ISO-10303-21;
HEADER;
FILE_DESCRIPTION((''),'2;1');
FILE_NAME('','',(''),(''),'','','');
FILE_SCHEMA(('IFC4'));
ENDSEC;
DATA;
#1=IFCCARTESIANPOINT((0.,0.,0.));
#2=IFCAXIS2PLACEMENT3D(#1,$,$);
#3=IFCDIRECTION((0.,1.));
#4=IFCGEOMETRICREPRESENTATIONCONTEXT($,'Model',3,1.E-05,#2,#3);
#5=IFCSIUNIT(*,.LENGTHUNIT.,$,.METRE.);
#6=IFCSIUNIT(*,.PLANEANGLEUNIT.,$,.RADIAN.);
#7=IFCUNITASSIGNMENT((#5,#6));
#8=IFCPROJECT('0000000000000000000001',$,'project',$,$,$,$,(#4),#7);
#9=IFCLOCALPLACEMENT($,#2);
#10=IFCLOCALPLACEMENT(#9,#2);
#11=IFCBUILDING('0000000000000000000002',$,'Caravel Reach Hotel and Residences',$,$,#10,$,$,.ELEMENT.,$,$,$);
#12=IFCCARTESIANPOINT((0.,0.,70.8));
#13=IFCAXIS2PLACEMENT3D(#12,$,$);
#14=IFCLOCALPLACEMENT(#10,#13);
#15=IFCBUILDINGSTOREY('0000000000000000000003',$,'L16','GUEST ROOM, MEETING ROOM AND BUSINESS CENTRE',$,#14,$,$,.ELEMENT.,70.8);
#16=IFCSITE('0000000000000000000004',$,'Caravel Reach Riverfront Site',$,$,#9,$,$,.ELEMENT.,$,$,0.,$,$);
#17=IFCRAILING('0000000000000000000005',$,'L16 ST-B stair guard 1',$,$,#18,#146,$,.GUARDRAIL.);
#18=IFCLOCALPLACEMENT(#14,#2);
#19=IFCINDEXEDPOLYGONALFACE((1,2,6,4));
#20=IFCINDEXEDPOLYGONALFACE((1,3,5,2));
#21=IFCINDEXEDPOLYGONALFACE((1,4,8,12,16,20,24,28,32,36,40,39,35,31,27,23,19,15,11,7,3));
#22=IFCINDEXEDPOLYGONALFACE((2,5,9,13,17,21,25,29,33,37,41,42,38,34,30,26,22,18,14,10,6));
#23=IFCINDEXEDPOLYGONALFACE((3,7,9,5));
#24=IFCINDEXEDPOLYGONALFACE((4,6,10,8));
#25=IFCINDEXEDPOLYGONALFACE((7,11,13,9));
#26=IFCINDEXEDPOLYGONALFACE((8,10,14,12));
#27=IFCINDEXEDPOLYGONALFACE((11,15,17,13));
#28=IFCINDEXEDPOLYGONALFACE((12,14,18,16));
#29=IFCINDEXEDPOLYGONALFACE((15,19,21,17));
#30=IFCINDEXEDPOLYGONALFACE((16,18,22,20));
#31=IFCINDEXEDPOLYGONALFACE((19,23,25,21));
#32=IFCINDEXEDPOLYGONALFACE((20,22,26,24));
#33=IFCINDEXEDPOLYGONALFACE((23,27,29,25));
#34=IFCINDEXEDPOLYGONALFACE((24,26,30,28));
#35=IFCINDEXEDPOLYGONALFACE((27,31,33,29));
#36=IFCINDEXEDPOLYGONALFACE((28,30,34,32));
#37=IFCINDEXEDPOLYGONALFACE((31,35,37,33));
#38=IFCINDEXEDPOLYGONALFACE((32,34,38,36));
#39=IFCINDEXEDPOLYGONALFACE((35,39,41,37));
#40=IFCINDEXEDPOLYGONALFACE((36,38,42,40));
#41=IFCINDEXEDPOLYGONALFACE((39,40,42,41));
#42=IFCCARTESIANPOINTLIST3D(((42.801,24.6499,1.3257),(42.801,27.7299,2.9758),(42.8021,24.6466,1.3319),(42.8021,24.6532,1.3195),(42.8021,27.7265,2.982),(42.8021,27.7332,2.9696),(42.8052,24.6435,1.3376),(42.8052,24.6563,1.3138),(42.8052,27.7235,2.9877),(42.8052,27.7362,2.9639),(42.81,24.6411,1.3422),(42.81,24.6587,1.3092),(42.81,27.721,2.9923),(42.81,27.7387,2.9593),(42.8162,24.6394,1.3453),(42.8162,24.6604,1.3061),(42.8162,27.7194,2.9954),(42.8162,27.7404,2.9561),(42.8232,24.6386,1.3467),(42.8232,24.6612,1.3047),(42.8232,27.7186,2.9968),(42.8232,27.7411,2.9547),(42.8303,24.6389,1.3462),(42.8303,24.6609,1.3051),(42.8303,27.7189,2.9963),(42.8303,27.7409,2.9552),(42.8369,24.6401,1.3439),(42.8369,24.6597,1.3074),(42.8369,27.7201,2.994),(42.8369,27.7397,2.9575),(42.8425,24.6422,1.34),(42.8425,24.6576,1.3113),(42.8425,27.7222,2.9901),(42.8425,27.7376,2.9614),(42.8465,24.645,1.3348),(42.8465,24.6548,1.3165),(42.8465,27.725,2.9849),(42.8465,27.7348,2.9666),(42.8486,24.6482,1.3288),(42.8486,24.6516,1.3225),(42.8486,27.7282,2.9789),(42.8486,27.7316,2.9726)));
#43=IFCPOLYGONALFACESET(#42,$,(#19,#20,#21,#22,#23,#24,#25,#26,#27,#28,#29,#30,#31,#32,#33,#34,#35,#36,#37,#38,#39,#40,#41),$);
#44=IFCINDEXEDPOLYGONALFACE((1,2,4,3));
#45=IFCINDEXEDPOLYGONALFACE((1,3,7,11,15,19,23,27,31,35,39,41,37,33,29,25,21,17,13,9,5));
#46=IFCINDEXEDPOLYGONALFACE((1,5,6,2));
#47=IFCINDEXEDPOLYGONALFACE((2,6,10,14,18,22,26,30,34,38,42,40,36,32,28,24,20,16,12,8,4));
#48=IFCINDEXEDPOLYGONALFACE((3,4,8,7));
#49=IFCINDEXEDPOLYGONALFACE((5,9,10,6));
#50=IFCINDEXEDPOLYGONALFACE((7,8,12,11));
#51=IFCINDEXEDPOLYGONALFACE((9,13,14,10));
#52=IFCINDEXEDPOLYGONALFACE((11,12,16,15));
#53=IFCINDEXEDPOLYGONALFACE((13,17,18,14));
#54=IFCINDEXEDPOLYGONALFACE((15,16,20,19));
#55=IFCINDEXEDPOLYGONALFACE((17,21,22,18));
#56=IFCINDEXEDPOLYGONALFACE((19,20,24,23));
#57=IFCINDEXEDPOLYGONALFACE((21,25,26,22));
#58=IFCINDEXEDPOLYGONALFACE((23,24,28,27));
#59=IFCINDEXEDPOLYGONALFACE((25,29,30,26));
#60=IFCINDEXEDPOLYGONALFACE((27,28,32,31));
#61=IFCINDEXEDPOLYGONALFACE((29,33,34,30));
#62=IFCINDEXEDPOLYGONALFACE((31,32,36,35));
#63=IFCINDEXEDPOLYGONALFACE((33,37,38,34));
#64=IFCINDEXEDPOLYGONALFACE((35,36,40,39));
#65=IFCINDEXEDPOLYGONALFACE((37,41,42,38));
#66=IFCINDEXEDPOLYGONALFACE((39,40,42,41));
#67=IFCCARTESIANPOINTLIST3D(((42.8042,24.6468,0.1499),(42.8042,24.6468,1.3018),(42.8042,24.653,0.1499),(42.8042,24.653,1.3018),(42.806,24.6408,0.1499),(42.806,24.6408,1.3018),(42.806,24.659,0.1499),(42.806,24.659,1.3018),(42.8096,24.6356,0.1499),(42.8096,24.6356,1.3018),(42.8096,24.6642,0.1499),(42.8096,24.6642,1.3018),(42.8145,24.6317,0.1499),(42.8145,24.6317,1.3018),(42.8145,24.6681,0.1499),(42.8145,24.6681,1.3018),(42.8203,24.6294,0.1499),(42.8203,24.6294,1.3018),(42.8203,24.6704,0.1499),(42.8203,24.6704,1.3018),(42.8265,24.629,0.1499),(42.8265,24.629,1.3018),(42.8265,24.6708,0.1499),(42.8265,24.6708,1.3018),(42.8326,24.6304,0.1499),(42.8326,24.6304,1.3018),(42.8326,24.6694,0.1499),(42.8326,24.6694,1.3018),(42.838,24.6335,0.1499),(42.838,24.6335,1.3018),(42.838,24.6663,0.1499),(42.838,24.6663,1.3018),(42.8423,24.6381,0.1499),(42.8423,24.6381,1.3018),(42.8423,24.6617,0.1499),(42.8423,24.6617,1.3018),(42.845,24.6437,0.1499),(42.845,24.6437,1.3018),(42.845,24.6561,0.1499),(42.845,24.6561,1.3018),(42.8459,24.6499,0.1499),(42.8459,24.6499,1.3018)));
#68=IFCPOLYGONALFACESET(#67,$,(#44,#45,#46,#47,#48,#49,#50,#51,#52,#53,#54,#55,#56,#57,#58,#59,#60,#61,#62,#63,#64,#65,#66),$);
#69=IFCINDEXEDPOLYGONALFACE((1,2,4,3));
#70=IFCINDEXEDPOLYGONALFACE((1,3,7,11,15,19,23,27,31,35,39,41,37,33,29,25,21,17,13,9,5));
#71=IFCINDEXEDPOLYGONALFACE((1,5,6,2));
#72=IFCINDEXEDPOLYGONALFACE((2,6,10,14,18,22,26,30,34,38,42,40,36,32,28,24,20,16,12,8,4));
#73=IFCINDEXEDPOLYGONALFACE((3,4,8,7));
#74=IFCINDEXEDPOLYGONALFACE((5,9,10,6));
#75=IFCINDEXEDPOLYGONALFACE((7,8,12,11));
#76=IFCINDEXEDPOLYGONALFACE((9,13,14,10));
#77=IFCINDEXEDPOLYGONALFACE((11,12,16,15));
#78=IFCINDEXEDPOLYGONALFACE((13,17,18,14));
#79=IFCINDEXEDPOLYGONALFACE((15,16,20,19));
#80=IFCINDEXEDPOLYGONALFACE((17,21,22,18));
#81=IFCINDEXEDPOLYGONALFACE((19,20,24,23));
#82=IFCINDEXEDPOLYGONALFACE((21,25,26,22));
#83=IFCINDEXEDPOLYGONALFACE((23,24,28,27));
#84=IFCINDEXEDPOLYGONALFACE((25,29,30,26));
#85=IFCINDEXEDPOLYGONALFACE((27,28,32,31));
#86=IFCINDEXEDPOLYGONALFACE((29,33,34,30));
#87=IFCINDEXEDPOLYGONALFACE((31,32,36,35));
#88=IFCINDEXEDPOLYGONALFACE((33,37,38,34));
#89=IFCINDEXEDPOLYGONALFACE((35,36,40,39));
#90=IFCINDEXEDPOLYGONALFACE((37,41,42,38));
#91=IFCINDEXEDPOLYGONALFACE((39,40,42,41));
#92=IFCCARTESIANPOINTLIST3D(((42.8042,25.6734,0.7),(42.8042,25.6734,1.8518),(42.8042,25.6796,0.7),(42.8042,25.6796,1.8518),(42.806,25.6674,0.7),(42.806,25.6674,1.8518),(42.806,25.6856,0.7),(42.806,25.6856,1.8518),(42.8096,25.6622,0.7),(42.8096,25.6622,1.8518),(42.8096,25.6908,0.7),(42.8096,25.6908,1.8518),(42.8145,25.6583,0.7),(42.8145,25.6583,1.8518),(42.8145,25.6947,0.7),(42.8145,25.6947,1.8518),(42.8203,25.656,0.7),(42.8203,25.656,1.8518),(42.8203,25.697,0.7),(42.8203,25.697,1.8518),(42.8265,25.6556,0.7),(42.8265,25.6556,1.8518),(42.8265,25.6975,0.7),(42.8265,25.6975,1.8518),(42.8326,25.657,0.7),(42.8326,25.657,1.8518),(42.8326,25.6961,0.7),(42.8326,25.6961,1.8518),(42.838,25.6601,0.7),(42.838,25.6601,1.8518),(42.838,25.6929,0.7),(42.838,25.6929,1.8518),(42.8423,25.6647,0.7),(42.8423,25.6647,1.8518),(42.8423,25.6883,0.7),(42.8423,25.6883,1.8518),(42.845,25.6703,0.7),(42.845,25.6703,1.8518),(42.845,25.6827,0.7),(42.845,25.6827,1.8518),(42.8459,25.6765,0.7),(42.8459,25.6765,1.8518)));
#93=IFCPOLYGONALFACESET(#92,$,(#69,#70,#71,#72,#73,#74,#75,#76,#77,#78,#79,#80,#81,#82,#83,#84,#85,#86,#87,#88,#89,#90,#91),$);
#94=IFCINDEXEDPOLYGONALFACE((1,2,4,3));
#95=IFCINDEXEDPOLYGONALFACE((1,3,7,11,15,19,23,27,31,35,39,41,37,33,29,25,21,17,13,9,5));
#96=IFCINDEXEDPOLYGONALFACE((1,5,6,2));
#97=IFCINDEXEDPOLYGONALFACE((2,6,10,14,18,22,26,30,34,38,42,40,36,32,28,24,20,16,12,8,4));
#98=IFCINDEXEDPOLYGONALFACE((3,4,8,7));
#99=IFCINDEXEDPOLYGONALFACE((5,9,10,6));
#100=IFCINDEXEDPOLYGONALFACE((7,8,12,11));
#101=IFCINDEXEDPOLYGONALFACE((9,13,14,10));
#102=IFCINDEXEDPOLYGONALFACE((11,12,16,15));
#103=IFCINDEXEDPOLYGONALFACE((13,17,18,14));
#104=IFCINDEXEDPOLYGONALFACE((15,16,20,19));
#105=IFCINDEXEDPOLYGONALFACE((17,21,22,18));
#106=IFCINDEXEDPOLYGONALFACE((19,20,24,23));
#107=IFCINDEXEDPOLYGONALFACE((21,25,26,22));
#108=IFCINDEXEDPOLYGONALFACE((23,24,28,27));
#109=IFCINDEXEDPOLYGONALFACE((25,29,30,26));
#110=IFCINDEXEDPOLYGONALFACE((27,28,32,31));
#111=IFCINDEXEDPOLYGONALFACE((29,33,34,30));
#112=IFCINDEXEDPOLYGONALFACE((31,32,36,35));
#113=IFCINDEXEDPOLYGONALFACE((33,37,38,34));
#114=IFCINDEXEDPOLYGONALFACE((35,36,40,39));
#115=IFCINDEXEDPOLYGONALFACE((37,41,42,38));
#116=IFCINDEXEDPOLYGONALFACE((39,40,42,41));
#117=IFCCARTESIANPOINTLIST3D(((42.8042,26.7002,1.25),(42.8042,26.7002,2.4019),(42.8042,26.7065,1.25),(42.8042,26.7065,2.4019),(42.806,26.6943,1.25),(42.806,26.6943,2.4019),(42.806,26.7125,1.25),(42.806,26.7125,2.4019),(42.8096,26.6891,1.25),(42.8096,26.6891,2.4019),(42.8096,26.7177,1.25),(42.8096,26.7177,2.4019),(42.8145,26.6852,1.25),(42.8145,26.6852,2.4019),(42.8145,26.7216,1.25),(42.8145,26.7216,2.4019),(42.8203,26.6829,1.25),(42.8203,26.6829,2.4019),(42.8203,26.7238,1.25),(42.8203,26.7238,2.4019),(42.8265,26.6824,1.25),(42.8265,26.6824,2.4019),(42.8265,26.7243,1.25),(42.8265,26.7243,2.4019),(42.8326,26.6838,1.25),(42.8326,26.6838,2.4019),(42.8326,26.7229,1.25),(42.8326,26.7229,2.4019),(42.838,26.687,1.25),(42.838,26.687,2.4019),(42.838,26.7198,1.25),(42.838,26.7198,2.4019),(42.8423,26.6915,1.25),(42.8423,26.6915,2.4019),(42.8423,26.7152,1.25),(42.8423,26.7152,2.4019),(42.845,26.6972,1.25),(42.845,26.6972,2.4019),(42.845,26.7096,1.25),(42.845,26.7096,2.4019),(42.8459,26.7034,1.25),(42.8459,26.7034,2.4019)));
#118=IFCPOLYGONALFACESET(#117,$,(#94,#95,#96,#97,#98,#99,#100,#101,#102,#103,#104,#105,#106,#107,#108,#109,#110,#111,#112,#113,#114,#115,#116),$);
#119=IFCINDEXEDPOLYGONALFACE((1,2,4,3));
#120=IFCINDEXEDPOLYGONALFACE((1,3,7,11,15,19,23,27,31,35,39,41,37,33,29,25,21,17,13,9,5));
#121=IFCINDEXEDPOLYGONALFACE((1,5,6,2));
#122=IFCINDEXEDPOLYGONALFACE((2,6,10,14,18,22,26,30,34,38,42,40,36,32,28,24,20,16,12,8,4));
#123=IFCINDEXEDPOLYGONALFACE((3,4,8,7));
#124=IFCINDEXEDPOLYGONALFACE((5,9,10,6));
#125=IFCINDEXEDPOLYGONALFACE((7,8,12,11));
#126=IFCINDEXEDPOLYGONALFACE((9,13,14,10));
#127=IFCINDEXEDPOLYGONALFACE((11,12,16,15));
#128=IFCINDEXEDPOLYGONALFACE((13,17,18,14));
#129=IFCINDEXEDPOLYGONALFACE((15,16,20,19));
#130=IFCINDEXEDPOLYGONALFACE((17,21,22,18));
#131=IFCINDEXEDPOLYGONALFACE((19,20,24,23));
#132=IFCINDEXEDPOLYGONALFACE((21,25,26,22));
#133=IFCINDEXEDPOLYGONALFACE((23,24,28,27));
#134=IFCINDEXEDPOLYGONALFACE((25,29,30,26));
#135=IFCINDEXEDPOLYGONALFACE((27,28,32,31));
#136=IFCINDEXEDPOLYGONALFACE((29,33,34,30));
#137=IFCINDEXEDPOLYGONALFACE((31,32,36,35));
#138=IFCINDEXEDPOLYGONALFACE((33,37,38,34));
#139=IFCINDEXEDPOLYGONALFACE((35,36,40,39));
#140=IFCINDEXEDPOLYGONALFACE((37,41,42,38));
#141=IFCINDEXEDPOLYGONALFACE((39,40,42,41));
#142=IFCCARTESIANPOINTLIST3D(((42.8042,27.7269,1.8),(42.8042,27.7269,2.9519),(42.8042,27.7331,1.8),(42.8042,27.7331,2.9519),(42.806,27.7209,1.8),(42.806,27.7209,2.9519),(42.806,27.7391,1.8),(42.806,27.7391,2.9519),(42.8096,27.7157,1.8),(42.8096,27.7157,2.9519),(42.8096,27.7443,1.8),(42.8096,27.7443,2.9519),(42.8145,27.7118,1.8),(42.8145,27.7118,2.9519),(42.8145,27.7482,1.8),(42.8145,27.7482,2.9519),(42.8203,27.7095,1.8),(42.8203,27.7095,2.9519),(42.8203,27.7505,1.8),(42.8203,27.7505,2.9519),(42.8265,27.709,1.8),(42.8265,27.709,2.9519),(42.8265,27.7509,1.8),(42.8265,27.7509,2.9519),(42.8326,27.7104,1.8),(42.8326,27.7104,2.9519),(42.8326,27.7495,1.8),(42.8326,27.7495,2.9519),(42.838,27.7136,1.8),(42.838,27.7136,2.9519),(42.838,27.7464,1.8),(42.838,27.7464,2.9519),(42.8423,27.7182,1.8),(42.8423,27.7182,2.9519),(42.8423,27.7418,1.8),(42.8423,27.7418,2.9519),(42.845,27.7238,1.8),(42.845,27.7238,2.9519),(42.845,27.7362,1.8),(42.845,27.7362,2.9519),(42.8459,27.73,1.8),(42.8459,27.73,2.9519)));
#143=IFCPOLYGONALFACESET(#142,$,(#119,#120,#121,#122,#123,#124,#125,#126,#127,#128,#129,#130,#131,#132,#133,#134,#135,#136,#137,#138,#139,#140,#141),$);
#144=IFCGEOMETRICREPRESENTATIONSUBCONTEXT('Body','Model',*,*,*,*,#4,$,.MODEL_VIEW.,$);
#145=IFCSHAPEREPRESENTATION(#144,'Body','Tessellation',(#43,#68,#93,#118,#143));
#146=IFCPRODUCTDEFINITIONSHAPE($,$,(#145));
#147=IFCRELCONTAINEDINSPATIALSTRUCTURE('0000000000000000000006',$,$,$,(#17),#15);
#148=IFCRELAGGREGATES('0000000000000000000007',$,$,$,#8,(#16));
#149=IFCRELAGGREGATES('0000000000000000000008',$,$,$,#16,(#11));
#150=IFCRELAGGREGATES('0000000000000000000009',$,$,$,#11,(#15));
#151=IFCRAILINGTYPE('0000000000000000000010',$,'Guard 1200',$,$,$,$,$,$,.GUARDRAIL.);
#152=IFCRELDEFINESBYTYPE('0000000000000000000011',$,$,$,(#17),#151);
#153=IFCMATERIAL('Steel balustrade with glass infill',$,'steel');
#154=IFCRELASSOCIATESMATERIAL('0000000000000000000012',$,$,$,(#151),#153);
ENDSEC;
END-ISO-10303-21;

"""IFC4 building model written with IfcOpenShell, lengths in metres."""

from ifc_helpers import new_model, si_unit, direction, frame, origin, origin_2d, place, context, subcontext, project, spatial, circle, extrude, material, type_object, element, save


model = new_model("IFC4")

# Units and contexts
model_context = context("Model", 3, precision=1e-05, world=origin(), true_north=direction((0.0, 1.0)))
body_context = subcontext(model_context, "Body", "Model", "MODEL_VIEW")
ifc_project = project(units=[si_unit("LENGTHUNIT", "METRE"), si_unit("PLANEANGLEUNIT", "RADIAN")], contexts=[model_context])

# Site, building, storey
site_placement = place(None, origin())
site = spatial("IfcSite", under=ifc_project, at=site_placement, Name="Caravel Reach Riverfront Site", CompositionType="ELEMENT", RefElevation=0.0)
building_placement = place(site_placement, origin())
building = spatial("IfcBuilding", under=site, at=building_placement, Name="Caravel Reach Hotel and Residences", CompositionType="ELEMENT")
storey_placement = place(building_placement, frame((0.0, 0.0, 70.8)))
storey = spatial("IfcBuildingStorey", under=building, at=storey_placement, Name="L16", Description="GUEST ROOM, MEETING ROOM AND BUSINESS CENTRE", CompositionType="ELEMENT", Elevation=70.8)

# Railing
ifc_material_1 = material(Name="Steel balustrade with glass infill", Category="steel")
railing_type_1 = type_object("IfcRailingType", Name="Guard 1200", PredefinedType="GUARDRAIL", material=ifc_material_1)
railing_1_placement = place(storey_placement, frame((42.825, 24.6499, 0.1499)))
element("IfcRailing", 1, at=railing_1_placement, inside=storey, type_object=railing_type_1, Name="L16 ST-B stair guard 1", PredefinedType="GUARDRAIL", context=body_context, shape_type="SweptSolid", body=[
    extrude(circle(Radius=0.0239, at=origin_2d()), frame((0.0, 0.0, 1.1758), z_axis=(0.0, 0.881468, 0.472245), x_axis=(-1.0, 0.0, 0.0)), (0.0, 0.0, 1.0), 3.4941),
    extrude(circle(Radius=0.021, at=origin_2d()), origin(), (0.0, 0.0, 1.0), 1.1519),
    extrude(circle(Radius=0.021, at=origin_2d()), frame((0.0, 1.0266, 0.55)), (0.0, 0.0, 1.0), 1.1519),
    extrude(circle(Radius=0.021, at=origin_2d()), frame((0.0, 2.0535, 1.1001)), (0.0, 0.0, 1.0), 1.1519),
    extrude(circle(Radius=0.021, at=origin_2d()), frame((0.0, 3.0801, 1.6501)), (0.0, 0.0, 1.0), 1.1519),
])

save(model, "model.ifc")
